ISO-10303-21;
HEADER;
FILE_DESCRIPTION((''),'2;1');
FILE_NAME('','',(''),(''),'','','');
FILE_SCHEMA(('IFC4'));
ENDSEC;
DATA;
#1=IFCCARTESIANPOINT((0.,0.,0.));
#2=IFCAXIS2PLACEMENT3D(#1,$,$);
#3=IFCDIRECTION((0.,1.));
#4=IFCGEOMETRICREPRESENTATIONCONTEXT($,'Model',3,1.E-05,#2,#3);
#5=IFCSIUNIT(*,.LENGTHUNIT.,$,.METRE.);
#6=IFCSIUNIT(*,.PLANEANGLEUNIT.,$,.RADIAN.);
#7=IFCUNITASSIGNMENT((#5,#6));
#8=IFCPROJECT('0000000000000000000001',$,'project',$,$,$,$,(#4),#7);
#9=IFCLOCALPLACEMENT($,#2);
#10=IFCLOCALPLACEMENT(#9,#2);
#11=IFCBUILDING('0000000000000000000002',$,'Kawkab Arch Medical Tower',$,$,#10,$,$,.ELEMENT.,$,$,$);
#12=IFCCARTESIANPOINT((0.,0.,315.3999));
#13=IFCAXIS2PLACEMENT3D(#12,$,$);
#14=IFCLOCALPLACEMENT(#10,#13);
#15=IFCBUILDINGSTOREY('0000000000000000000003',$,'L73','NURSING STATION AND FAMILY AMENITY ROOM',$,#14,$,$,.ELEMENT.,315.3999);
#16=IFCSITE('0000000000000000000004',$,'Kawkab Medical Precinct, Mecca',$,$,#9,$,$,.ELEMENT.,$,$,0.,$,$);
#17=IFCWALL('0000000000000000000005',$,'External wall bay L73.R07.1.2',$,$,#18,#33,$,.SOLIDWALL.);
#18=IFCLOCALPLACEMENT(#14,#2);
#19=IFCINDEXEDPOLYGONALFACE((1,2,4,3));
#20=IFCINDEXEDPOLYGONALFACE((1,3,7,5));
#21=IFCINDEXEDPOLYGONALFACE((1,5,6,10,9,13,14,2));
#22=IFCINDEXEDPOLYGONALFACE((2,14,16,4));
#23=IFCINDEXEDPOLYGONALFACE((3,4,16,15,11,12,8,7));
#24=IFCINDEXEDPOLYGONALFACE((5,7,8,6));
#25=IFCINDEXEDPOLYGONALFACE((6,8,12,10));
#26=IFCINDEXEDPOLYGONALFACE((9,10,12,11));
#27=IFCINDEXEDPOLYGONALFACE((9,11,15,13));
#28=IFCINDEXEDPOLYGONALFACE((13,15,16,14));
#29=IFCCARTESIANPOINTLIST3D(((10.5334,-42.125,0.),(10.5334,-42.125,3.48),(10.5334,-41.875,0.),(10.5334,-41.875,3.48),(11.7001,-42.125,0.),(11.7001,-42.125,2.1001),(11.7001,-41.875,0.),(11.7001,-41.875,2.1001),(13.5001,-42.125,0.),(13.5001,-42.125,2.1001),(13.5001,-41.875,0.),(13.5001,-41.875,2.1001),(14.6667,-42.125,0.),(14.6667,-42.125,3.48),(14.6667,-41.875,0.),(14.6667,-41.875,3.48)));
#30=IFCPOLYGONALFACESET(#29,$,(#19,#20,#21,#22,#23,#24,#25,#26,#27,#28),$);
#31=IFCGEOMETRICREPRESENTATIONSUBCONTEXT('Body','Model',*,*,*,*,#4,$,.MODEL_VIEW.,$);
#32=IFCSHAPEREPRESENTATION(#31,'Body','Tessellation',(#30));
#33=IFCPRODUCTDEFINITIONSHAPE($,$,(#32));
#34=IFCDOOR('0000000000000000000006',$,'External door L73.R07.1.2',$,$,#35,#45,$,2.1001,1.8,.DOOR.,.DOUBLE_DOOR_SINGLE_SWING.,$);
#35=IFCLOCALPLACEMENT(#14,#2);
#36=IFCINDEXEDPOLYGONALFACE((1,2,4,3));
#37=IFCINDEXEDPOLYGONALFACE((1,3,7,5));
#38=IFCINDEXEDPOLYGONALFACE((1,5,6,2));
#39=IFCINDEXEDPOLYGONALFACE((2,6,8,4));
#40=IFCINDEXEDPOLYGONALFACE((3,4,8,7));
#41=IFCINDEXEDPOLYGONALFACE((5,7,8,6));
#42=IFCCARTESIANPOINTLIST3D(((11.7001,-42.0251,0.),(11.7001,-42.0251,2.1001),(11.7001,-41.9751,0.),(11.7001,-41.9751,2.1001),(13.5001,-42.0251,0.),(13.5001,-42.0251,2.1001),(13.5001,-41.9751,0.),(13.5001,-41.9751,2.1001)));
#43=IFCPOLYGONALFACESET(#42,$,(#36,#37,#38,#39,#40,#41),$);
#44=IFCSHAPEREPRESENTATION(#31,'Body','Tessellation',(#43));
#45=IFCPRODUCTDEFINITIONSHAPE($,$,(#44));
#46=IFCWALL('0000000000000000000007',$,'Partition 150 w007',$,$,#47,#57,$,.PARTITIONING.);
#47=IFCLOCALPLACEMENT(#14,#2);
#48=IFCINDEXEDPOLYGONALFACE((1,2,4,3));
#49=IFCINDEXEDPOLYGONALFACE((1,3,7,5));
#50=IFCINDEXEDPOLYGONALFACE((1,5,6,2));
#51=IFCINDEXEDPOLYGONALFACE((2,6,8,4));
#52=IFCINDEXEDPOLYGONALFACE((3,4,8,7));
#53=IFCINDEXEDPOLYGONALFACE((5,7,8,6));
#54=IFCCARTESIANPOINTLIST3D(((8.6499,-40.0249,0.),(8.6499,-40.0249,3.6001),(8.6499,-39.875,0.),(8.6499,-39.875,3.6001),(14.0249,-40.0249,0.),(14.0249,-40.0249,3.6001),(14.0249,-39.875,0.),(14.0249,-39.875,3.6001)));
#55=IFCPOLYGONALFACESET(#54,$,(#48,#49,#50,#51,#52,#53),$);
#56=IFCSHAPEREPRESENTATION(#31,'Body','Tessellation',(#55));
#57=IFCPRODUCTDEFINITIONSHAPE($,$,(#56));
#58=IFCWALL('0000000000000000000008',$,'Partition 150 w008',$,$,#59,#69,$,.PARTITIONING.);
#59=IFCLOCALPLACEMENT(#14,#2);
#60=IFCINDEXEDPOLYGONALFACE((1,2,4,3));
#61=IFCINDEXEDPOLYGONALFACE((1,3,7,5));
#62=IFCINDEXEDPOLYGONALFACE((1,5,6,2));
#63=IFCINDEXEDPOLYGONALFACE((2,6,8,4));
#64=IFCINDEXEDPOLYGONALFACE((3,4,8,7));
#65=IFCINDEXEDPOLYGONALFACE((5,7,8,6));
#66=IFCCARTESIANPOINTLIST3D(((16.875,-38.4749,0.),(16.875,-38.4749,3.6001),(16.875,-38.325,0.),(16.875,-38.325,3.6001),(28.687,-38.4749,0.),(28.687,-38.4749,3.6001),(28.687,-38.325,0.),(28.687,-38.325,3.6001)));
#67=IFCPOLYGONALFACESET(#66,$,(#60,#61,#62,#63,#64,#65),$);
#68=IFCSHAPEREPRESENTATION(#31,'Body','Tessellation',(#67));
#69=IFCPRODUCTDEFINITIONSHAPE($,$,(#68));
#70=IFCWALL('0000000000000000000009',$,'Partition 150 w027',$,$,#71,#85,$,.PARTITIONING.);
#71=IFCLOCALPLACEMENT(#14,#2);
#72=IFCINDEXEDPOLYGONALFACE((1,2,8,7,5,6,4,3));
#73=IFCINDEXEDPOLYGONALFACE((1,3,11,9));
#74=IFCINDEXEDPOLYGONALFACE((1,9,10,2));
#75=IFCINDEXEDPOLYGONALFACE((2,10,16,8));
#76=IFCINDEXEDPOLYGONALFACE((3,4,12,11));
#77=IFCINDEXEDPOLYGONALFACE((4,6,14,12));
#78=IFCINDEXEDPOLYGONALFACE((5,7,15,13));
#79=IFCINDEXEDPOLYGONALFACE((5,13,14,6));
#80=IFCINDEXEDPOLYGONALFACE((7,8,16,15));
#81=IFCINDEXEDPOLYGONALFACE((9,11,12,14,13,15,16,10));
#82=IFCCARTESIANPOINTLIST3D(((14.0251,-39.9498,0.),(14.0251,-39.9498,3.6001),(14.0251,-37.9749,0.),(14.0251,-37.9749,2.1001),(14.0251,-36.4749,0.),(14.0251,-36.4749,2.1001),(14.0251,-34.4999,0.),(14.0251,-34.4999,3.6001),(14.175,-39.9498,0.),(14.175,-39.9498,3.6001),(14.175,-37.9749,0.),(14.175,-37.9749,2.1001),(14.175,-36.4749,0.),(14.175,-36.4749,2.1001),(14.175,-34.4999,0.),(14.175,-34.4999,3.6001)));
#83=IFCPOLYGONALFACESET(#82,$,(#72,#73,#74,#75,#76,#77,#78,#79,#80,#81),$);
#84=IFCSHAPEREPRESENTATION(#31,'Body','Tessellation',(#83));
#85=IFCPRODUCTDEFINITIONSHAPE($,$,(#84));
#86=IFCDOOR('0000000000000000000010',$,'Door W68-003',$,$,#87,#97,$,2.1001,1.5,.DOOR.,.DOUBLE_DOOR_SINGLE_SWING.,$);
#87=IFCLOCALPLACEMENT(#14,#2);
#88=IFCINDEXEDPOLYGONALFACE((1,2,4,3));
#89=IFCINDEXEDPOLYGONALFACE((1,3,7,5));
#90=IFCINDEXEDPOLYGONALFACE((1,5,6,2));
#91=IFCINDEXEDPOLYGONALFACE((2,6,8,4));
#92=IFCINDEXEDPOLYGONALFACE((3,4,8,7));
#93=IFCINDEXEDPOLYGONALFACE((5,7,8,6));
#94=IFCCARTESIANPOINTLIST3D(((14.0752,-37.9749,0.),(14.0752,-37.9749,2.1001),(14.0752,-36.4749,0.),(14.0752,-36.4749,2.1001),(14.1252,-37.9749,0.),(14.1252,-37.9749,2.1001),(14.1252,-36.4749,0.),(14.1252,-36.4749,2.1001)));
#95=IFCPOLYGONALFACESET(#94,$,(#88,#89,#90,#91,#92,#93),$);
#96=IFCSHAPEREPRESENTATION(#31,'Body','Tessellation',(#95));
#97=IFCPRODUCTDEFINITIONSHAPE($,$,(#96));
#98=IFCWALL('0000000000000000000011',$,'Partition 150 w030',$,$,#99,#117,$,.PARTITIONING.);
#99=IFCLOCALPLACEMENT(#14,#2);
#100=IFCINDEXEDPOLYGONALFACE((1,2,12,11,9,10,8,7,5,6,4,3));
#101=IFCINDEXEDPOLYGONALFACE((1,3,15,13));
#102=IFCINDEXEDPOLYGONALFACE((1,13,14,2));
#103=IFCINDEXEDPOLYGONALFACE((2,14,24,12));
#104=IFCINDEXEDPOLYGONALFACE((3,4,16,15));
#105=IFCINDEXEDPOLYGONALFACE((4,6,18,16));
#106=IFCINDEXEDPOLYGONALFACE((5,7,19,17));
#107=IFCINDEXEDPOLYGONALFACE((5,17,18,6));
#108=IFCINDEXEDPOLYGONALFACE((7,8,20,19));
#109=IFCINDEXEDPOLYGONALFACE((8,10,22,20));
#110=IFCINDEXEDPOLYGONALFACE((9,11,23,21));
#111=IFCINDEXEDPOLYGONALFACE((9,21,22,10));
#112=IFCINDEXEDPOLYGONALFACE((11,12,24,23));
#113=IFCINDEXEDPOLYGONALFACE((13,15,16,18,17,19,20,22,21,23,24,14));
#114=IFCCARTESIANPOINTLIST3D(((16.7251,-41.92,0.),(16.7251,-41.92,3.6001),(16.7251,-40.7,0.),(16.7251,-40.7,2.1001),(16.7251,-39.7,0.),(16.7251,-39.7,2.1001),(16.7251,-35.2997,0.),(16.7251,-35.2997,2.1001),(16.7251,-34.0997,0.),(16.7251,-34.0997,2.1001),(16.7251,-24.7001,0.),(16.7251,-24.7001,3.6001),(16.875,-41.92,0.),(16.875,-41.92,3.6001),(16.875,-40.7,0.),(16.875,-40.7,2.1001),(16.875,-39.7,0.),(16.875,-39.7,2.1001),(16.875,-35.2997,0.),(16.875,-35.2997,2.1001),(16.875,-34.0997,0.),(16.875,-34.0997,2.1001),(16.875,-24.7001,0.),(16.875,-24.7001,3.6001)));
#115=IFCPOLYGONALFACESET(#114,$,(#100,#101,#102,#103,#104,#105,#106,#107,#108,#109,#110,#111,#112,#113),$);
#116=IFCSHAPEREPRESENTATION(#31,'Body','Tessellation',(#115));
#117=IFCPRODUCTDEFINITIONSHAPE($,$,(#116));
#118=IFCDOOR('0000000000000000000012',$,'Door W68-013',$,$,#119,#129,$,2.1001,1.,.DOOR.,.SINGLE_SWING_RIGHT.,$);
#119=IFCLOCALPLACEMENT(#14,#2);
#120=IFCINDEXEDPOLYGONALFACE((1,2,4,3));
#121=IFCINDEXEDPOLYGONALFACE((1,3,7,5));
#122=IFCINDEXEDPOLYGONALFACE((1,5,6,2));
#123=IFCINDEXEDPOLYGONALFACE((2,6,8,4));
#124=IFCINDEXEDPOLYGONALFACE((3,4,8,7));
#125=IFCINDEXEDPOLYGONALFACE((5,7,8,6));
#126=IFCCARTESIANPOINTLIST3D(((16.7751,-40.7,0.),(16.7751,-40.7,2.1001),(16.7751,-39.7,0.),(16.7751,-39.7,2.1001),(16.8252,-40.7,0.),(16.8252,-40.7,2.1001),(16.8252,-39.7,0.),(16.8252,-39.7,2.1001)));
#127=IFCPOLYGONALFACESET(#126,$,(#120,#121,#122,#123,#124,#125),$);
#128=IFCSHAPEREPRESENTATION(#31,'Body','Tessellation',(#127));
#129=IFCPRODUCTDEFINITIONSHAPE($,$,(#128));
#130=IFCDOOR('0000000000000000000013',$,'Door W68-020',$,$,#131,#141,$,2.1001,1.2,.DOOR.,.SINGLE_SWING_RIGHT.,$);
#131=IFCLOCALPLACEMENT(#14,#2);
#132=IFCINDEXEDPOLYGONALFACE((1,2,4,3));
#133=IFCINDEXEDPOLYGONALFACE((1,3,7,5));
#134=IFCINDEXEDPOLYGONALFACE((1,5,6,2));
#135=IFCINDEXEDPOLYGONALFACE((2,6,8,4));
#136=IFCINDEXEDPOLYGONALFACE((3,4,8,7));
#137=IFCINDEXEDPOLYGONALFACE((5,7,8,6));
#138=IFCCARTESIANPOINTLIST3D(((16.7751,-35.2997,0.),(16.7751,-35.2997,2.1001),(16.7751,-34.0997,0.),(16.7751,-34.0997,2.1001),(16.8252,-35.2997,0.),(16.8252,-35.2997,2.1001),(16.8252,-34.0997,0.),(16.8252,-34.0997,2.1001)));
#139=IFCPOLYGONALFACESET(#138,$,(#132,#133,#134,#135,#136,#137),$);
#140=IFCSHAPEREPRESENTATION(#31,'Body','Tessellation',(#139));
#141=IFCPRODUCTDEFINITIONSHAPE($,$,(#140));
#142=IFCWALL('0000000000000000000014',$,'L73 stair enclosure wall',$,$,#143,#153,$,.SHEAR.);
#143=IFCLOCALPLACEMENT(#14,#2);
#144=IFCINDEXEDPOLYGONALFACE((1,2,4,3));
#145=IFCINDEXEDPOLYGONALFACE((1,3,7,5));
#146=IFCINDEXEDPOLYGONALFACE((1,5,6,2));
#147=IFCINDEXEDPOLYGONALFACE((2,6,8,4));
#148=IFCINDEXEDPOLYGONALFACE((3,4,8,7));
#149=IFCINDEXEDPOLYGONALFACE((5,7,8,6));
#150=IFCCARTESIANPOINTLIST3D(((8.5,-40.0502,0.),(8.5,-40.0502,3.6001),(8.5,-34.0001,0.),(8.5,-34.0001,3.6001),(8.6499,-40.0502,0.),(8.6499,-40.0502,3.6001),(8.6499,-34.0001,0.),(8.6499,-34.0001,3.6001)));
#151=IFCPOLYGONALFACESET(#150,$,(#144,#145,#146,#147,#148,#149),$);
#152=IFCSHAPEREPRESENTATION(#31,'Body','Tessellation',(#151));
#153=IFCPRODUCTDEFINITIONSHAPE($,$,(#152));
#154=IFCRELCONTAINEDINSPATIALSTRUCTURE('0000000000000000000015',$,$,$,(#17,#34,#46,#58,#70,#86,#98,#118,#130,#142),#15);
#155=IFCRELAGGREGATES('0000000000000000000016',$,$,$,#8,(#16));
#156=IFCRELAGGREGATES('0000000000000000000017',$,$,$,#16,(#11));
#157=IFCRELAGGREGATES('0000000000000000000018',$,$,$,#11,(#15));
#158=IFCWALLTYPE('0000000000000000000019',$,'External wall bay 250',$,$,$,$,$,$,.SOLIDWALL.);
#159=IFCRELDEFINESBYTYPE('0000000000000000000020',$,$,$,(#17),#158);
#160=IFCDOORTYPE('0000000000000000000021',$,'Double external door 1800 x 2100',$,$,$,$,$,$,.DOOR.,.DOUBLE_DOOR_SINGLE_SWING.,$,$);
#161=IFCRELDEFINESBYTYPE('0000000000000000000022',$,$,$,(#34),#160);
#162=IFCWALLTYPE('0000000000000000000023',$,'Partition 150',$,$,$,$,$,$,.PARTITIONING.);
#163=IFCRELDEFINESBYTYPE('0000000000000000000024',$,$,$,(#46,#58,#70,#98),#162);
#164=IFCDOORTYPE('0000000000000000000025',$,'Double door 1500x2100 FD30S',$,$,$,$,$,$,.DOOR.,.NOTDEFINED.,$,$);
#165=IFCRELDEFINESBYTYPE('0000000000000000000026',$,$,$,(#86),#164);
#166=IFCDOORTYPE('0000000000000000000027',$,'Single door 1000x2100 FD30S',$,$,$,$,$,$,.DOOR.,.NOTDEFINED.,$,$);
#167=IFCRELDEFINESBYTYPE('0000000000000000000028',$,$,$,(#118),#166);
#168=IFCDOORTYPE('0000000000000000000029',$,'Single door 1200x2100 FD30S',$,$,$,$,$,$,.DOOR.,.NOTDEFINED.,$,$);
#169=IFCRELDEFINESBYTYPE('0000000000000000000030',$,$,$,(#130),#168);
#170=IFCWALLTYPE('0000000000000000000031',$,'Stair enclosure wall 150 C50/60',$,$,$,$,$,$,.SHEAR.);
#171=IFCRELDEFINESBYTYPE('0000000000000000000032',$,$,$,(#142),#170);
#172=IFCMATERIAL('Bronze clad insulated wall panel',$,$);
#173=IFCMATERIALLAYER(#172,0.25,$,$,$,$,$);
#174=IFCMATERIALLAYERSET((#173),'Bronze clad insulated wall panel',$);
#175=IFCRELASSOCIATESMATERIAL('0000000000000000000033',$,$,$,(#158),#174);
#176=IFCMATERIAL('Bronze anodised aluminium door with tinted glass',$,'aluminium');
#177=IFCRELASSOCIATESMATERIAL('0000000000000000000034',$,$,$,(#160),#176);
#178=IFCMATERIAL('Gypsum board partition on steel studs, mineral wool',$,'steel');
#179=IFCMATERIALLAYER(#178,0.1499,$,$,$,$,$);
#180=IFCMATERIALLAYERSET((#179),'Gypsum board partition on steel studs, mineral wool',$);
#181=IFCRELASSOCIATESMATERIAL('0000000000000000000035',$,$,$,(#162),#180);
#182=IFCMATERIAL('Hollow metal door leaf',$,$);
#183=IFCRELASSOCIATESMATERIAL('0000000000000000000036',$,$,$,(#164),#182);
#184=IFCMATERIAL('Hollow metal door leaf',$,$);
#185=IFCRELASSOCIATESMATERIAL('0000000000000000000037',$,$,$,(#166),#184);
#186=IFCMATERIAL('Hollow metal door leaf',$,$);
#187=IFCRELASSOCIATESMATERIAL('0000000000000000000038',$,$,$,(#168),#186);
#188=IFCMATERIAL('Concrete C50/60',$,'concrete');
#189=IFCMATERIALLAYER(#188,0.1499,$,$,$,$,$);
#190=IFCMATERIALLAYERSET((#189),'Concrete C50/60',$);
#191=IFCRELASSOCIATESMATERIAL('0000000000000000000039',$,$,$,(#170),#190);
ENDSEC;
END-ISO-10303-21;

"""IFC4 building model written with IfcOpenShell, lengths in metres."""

from ifc_helpers import new_model, si_unit, direction, frame, frame_2d, origin, place, context, subcontext, project, spatial, rectangle, extrude, material, layer, layer_set, type_object, element, fill, save


model = new_model("IFC4")

# Units and contexts
model_context = context("Model", 3, precision=1e-05, world=origin(), true_north=direction((0.0, 1.0)))
body_context = subcontext(model_context, "Body", "Model", "MODEL_VIEW")
ifc_project = project(units=[si_unit("LENGTHUNIT", "METRE"), si_unit("PLANEANGLEUNIT", "RADIAN")], contexts=[model_context])

# Site, building, storey
site_placement = place(None, origin())
site = spatial("IfcSite", under=ifc_project, at=site_placement, Name="Kawkab Medical Precinct, Mecca", CompositionType="ELEMENT", RefElevation=0.0)
building_placement = place(site_placement, origin())
building = spatial("IfcBuilding", under=site, at=building_placement, Name="Kawkab Arch Medical Tower", CompositionType="ELEMENT")
storey_placement = place(building_placement, frame((0.0, 0.0, 315.3999)))
storey = spatial("IfcBuildingStorey", under=building, at=storey_placement, Name="L73", Description="NURSING STATION AND FAMILY AMENITY ROOM", CompositionType="ELEMENT", Elevation=315.3999)

# Wall, opening, door
ifc_material_1 = material(Name="Bronze clad insulated wall panel")
ifc_layer_1 = layer(ifc_material_1, 0.25)
ifc_layer_set_1 = layer_set([ifc_layer_1], Name="Bronze clad insulated wall panel")
wall_type_1 = type_object("IfcWallType", Name="External wall bay 250", PredefinedType="SOLIDWALL", material=ifc_layer_set_1)
wall_1_placement = place(storey_placement, frame((10.5334, -42.0, 0.0), z_axis=(0.0, 0.0, 1.0), x_axis=(1.0, 0.0, 0.0)))
wall_1 = element("IfcWall", 1, at=wall_1_placement, inside=storey, type_object=wall_type_1, Name="External wall bay L73.R07.1.2", PredefinedType="SOLIDWALL", context=body_context, shape_type="SweptSolid", body=[
    extrude(rectangle(XDim=4.1333, YDim=0.25, at=frame_2d((2.0667, 0.0))), origin(), (0.0, 0.0, 1.0), 3.48),
])
opening_1_placement = place(wall_1_placement, frame((1.1667, 0.0, 0.0)))
opening_1 = element("IfcOpeningElement", 2, at=opening_1_placement, cuts=wall_1, PredefinedType="OPENING", context=body_context, shape_type="SweptSolid", body=[
    extrude(rectangle(XDim=1.8, YDim=2.1001, at=frame_2d((0.8999, 1.05))), frame((0.0, 0.135, 0.0), z_axis=(0.0, -1.0, 0.0), x_axis=(1.0, 0.0, 0.0)), (0.0, 0.0, 1.0), 0.27),
])
ifc_material_2 = material(Name="Bronze anodised aluminium door with tinted glass", Category="aluminium")
door_type_1 = type_object("IfcDoorType", Name="Double external door 1800 x 2100", OperationType="DOUBLE_DOOR_SINGLE_SWING", PredefinedType="DOOR", material=ifc_material_2)
door_1_placement = place(opening_1_placement, origin())
door_1 = element("IfcDoor", 3, at=door_1_placement, inside=storey, type_object=door_type_1, Name="External door L73.R07.1.2", OperationType="DOUBLE_DOOR_SINGLE_SWING", OverallHeight=2.1001, OverallWidth=1.8, PredefinedType="DOOR", context=body_context, shape_type="SweptSolid", body=[
    extrude(rectangle(XDim=1.8, YDim=2.1001, at=frame_2d((0.8999, 1.05))), frame((0.0, 0.0249, 0.0), z_axis=(0.0, -1.0, 0.0), x_axis=(1.0, 0.0, 0.0)), (0.0, 0.0, 1.0), 0.05),
])
fill(opening_1, door_1)

# Walls
ifc_material_3 = material(Name="Gypsum board partition on steel studs, mineral wool", Category="steel")
ifc_layer_2 = layer(ifc_material_3, 0.1499)
ifc_layer_set_2 = layer_set([ifc_layer_2], Name="Gypsum board partition on steel studs, mineral wool")
wall_type_2 = type_object("IfcWallType", Name="Partition 150", PredefinedType="PARTITIONING", material=ifc_layer_set_2)
wall_2_placement = place(storey_placement, frame((8.6499, -39.95, 0.0), z_axis=(0.0, 0.0, 1.0), x_axis=(1.0, 0.0, 0.0)))
element("IfcWall", 4, at=wall_2_placement, inside=storey, type_object=wall_type_2, Name="Partition 150 w007", PredefinedType="PARTITIONING", context=body_context, shape_type="SweptSolid", body=[
    extrude(rectangle(XDim=5.375, YDim=0.1499, at=frame_2d((2.6875, 0.0))), origin(), (0.0, 0.0, 1.0), 3.6001),
])
wall_3_placement = place(storey_placement, frame((16.875, -38.3999, 0.0), z_axis=(0.0, 0.0, 1.0), x_axis=(1.0, 0.0, 0.0)))
element("IfcWall", 5, at=wall_3_placement, inside=storey, type_object=wall_type_2, Name="Partition 150 w008", PredefinedType="PARTITIONING", context=body_context, shape_type="SweptSolid", body=[
    extrude(rectangle(XDim=11.812, YDim=0.1499, at=frame_2d((5.906, 0.0))), origin(), (0.0, 0.0, 1.0), 3.6001),
])

# Wall, opening, door
wall_4_placement = place(storey_placement, frame((14.1001, -39.95, 0.0), z_axis=(0.0, 0.0, 1.0), x_axis=(0.0, 1.0, 0.0)))
wall_4 = element("IfcWall", 6, at=wall_4_placement, inside=storey, type_object=wall_type_2, Name="Partition 150 w027", PredefinedType="PARTITIONING", context=body_context, shape_type="SweptSolid", body=[
    extrude(rectangle(XDim=5.45, YDim=0.1499, at=frame_2d((2.7251, 0.0))), origin(), (0.0, 0.0, 1.0), 3.6001),
])
opening_2_placement = place(wall_4_placement, frame((1.9751, 0.0, 0.0)))
opening_2 = element("IfcOpeningElement", 7, at=opening_2_placement, cuts=wall_4, PredefinedType="OPENING", context=body_context, shape_type="SweptSolid", body=[
    extrude(rectangle(XDim=1.5, YDim=2.1001, at=frame_2d((0.75, 1.05))), frame((0.0, 0.085, 0.0), z_axis=(0.0, -1.0, 0.0), x_axis=(1.0, 0.0, 0.0)), (0.0, 0.0, 1.0), 0.1699),
])
ifc_material_4 = material(Name="Hollow metal door leaf")
door_type_2 = type_object("IfcDoorType", Name="Double door 1500x2100 FD30S", OperationType="NOTDEFINED", PredefinedType="DOOR", material=ifc_material_4)
door_2_placement = place(opening_2_placement, origin())
door_2 = element("IfcDoor", 8, at=door_2_placement, inside=storey, type_object=door_type_2, Name="Door W68-003", OperationType="DOUBLE_DOOR_SINGLE_SWING", OverallHeight=2.1001, OverallWidth=1.5, PredefinedType="DOOR", context=body_context, shape_type="SweptSolid", body=[
    extrude(rectangle(XDim=1.5, YDim=2.1001, at=frame_2d((0.75, 1.05))), frame((0.0, 0.0249, 0.0), z_axis=(0.0, -1.0, 0.0), x_axis=(1.0, 0.0, 0.0)), (0.0, 0.0, 1.0), 0.05),
])
fill(opening_2, door_2)

# Wall, openings, doors
wall_5_placement = place(storey_placement, frame((16.8, -41.9199, 0.0), z_axis=(0.0, 0.0, 1.0), x_axis=(0.0, 1.0, 0.0)))
wall_5 = element("IfcWall", 9, at=wall_5_placement, inside=storey, type_object=wall_type_2, Name="Partition 150 w030", PredefinedType="PARTITIONING", context=body_context, shape_type="SweptSolid", body=[
    extrude(rectangle(XDim=17.22, YDim=0.1499, at=frame_2d((8.6099, 0.0))), origin(), (0.0, 0.0, 1.0), 3.6001),
])
opening_3_placement = place(wall_5_placement, frame((6.6201, 0.0, 0.0)))
opening_3 = element("IfcOpeningElement", 10, at=opening_3_placement, cuts=wall_5, PredefinedType="OPENING", context=body_context, shape_type="SweptSolid", body=[
    extrude(rectangle(XDim=1.2, YDim=2.1001, at=frame_2d((0.6001, 1.05))), frame((0.0, 0.085, 0.0), z_axis=(0.0, -1.0, 0.0), x_axis=(1.0, 0.0, 0.0)), (0.0, 0.0, 1.0), 0.1699),
])
opening_4_placement = place(wall_5_placement, frame((1.22, 0.0, 0.0)))
opening_4 = element("IfcOpeningElement", 11, at=opening_4_placement, cuts=wall_5, PredefinedType="OPENING", context=body_context, shape_type="SweptSolid", body=[
    extrude(rectangle(XDim=1.0, YDim=2.1001, at=frame_2d((0.5, 1.05))), frame((0.0, 0.085, 0.0), z_axis=(0.0, -1.0, 0.0), x_axis=(1.0, 0.0, 0.0)), (0.0, 0.0, 1.0), 0.1699),
])
ifc_material_5 = material(Name="Hollow metal door leaf")
door_type_3 = type_object("IfcDoorType", Name="Single door 1000x2100 FD30S", OperationType="NOTDEFINED", PredefinedType="DOOR", material=ifc_material_5)
door_3_placement = place(opening_4_placement, origin())
door_3 = element("IfcDoor", 12, at=door_3_placement, inside=storey, type_object=door_type_3, Name="Door W68-013", OperationType="SINGLE_SWING_RIGHT", OverallHeight=2.1001, OverallWidth=1.0, PredefinedType="DOOR", context=body_context, shape_type="SweptSolid", body=[
    extrude(rectangle(XDim=1.0, YDim=2.1001, at=frame_2d((0.5, 1.05))), frame((0.0, 0.0249, 0.0), z_axis=(0.0, -1.0, 0.0), x_axis=(1.0, 0.0, 0.0)), (0.0, 0.0, 1.0), 0.05),
])
fill(opening_4, door_3)
ifc_material_6 = material(Name="Hollow metal door leaf")
door_type_4 = type_object("IfcDoorType", Name="Single door 1200x2100 FD30S", OperationType="NOTDEFINED", PredefinedType="DOOR", material=ifc_material_6)
door_4_placement = place(opening_3_placement, origin())
door_4 = element("IfcDoor", 13, at=door_4_placement, inside=storey, type_object=door_type_4, Name="Door W68-020", OperationType="SINGLE_SWING_RIGHT", OverallHeight=2.1001, OverallWidth=1.2, PredefinedType="DOOR", context=body_context, shape_type="SweptSolid", body=[
    extrude(rectangle(XDim=1.2, YDim=2.1001, at=frame_2d((0.6001, 1.05))), frame((0.0, 0.0249, 0.0), z_axis=(0.0, -1.0, 0.0), x_axis=(1.0, 0.0, 0.0)), (0.0, 0.0, 1.0), 0.05),
])
fill(opening_3, door_4)

# Wall
ifc_material_7 = material(Name="Concrete C50/60", Category="concrete")
ifc_layer_3 = layer(ifc_material_7, 0.1499)
ifc_layer_set_3 = layer_set([ifc_layer_3], Name="Concrete C50/60")
wall_type_3 = type_object("IfcWallType", Name="Stair enclosure wall 150 C50/60", PredefinedType="SHEAR", material=ifc_layer_set_3)
wall_6_placement = place(storey_placement, frame((8.575, -40.05, 0.0), z_axis=(0.0, 0.0, 1.0), x_axis=(0.0, 1.0, 0.0)))
element("IfcWall", 14, at=wall_6_placement, inside=storey, type_object=wall_type_3, Name="L73 stair enclosure wall", PredefinedType="SHEAR", context=body_context, shape_type="SweptSolid", body=[
    extrude(rectangle(XDim=6.05, YDim=0.1499, at=frame_2d((3.0249, 0.0))), origin(), (0.0, 0.0, 1.0), 3.6001),
])

save(model, "model.ifc")
